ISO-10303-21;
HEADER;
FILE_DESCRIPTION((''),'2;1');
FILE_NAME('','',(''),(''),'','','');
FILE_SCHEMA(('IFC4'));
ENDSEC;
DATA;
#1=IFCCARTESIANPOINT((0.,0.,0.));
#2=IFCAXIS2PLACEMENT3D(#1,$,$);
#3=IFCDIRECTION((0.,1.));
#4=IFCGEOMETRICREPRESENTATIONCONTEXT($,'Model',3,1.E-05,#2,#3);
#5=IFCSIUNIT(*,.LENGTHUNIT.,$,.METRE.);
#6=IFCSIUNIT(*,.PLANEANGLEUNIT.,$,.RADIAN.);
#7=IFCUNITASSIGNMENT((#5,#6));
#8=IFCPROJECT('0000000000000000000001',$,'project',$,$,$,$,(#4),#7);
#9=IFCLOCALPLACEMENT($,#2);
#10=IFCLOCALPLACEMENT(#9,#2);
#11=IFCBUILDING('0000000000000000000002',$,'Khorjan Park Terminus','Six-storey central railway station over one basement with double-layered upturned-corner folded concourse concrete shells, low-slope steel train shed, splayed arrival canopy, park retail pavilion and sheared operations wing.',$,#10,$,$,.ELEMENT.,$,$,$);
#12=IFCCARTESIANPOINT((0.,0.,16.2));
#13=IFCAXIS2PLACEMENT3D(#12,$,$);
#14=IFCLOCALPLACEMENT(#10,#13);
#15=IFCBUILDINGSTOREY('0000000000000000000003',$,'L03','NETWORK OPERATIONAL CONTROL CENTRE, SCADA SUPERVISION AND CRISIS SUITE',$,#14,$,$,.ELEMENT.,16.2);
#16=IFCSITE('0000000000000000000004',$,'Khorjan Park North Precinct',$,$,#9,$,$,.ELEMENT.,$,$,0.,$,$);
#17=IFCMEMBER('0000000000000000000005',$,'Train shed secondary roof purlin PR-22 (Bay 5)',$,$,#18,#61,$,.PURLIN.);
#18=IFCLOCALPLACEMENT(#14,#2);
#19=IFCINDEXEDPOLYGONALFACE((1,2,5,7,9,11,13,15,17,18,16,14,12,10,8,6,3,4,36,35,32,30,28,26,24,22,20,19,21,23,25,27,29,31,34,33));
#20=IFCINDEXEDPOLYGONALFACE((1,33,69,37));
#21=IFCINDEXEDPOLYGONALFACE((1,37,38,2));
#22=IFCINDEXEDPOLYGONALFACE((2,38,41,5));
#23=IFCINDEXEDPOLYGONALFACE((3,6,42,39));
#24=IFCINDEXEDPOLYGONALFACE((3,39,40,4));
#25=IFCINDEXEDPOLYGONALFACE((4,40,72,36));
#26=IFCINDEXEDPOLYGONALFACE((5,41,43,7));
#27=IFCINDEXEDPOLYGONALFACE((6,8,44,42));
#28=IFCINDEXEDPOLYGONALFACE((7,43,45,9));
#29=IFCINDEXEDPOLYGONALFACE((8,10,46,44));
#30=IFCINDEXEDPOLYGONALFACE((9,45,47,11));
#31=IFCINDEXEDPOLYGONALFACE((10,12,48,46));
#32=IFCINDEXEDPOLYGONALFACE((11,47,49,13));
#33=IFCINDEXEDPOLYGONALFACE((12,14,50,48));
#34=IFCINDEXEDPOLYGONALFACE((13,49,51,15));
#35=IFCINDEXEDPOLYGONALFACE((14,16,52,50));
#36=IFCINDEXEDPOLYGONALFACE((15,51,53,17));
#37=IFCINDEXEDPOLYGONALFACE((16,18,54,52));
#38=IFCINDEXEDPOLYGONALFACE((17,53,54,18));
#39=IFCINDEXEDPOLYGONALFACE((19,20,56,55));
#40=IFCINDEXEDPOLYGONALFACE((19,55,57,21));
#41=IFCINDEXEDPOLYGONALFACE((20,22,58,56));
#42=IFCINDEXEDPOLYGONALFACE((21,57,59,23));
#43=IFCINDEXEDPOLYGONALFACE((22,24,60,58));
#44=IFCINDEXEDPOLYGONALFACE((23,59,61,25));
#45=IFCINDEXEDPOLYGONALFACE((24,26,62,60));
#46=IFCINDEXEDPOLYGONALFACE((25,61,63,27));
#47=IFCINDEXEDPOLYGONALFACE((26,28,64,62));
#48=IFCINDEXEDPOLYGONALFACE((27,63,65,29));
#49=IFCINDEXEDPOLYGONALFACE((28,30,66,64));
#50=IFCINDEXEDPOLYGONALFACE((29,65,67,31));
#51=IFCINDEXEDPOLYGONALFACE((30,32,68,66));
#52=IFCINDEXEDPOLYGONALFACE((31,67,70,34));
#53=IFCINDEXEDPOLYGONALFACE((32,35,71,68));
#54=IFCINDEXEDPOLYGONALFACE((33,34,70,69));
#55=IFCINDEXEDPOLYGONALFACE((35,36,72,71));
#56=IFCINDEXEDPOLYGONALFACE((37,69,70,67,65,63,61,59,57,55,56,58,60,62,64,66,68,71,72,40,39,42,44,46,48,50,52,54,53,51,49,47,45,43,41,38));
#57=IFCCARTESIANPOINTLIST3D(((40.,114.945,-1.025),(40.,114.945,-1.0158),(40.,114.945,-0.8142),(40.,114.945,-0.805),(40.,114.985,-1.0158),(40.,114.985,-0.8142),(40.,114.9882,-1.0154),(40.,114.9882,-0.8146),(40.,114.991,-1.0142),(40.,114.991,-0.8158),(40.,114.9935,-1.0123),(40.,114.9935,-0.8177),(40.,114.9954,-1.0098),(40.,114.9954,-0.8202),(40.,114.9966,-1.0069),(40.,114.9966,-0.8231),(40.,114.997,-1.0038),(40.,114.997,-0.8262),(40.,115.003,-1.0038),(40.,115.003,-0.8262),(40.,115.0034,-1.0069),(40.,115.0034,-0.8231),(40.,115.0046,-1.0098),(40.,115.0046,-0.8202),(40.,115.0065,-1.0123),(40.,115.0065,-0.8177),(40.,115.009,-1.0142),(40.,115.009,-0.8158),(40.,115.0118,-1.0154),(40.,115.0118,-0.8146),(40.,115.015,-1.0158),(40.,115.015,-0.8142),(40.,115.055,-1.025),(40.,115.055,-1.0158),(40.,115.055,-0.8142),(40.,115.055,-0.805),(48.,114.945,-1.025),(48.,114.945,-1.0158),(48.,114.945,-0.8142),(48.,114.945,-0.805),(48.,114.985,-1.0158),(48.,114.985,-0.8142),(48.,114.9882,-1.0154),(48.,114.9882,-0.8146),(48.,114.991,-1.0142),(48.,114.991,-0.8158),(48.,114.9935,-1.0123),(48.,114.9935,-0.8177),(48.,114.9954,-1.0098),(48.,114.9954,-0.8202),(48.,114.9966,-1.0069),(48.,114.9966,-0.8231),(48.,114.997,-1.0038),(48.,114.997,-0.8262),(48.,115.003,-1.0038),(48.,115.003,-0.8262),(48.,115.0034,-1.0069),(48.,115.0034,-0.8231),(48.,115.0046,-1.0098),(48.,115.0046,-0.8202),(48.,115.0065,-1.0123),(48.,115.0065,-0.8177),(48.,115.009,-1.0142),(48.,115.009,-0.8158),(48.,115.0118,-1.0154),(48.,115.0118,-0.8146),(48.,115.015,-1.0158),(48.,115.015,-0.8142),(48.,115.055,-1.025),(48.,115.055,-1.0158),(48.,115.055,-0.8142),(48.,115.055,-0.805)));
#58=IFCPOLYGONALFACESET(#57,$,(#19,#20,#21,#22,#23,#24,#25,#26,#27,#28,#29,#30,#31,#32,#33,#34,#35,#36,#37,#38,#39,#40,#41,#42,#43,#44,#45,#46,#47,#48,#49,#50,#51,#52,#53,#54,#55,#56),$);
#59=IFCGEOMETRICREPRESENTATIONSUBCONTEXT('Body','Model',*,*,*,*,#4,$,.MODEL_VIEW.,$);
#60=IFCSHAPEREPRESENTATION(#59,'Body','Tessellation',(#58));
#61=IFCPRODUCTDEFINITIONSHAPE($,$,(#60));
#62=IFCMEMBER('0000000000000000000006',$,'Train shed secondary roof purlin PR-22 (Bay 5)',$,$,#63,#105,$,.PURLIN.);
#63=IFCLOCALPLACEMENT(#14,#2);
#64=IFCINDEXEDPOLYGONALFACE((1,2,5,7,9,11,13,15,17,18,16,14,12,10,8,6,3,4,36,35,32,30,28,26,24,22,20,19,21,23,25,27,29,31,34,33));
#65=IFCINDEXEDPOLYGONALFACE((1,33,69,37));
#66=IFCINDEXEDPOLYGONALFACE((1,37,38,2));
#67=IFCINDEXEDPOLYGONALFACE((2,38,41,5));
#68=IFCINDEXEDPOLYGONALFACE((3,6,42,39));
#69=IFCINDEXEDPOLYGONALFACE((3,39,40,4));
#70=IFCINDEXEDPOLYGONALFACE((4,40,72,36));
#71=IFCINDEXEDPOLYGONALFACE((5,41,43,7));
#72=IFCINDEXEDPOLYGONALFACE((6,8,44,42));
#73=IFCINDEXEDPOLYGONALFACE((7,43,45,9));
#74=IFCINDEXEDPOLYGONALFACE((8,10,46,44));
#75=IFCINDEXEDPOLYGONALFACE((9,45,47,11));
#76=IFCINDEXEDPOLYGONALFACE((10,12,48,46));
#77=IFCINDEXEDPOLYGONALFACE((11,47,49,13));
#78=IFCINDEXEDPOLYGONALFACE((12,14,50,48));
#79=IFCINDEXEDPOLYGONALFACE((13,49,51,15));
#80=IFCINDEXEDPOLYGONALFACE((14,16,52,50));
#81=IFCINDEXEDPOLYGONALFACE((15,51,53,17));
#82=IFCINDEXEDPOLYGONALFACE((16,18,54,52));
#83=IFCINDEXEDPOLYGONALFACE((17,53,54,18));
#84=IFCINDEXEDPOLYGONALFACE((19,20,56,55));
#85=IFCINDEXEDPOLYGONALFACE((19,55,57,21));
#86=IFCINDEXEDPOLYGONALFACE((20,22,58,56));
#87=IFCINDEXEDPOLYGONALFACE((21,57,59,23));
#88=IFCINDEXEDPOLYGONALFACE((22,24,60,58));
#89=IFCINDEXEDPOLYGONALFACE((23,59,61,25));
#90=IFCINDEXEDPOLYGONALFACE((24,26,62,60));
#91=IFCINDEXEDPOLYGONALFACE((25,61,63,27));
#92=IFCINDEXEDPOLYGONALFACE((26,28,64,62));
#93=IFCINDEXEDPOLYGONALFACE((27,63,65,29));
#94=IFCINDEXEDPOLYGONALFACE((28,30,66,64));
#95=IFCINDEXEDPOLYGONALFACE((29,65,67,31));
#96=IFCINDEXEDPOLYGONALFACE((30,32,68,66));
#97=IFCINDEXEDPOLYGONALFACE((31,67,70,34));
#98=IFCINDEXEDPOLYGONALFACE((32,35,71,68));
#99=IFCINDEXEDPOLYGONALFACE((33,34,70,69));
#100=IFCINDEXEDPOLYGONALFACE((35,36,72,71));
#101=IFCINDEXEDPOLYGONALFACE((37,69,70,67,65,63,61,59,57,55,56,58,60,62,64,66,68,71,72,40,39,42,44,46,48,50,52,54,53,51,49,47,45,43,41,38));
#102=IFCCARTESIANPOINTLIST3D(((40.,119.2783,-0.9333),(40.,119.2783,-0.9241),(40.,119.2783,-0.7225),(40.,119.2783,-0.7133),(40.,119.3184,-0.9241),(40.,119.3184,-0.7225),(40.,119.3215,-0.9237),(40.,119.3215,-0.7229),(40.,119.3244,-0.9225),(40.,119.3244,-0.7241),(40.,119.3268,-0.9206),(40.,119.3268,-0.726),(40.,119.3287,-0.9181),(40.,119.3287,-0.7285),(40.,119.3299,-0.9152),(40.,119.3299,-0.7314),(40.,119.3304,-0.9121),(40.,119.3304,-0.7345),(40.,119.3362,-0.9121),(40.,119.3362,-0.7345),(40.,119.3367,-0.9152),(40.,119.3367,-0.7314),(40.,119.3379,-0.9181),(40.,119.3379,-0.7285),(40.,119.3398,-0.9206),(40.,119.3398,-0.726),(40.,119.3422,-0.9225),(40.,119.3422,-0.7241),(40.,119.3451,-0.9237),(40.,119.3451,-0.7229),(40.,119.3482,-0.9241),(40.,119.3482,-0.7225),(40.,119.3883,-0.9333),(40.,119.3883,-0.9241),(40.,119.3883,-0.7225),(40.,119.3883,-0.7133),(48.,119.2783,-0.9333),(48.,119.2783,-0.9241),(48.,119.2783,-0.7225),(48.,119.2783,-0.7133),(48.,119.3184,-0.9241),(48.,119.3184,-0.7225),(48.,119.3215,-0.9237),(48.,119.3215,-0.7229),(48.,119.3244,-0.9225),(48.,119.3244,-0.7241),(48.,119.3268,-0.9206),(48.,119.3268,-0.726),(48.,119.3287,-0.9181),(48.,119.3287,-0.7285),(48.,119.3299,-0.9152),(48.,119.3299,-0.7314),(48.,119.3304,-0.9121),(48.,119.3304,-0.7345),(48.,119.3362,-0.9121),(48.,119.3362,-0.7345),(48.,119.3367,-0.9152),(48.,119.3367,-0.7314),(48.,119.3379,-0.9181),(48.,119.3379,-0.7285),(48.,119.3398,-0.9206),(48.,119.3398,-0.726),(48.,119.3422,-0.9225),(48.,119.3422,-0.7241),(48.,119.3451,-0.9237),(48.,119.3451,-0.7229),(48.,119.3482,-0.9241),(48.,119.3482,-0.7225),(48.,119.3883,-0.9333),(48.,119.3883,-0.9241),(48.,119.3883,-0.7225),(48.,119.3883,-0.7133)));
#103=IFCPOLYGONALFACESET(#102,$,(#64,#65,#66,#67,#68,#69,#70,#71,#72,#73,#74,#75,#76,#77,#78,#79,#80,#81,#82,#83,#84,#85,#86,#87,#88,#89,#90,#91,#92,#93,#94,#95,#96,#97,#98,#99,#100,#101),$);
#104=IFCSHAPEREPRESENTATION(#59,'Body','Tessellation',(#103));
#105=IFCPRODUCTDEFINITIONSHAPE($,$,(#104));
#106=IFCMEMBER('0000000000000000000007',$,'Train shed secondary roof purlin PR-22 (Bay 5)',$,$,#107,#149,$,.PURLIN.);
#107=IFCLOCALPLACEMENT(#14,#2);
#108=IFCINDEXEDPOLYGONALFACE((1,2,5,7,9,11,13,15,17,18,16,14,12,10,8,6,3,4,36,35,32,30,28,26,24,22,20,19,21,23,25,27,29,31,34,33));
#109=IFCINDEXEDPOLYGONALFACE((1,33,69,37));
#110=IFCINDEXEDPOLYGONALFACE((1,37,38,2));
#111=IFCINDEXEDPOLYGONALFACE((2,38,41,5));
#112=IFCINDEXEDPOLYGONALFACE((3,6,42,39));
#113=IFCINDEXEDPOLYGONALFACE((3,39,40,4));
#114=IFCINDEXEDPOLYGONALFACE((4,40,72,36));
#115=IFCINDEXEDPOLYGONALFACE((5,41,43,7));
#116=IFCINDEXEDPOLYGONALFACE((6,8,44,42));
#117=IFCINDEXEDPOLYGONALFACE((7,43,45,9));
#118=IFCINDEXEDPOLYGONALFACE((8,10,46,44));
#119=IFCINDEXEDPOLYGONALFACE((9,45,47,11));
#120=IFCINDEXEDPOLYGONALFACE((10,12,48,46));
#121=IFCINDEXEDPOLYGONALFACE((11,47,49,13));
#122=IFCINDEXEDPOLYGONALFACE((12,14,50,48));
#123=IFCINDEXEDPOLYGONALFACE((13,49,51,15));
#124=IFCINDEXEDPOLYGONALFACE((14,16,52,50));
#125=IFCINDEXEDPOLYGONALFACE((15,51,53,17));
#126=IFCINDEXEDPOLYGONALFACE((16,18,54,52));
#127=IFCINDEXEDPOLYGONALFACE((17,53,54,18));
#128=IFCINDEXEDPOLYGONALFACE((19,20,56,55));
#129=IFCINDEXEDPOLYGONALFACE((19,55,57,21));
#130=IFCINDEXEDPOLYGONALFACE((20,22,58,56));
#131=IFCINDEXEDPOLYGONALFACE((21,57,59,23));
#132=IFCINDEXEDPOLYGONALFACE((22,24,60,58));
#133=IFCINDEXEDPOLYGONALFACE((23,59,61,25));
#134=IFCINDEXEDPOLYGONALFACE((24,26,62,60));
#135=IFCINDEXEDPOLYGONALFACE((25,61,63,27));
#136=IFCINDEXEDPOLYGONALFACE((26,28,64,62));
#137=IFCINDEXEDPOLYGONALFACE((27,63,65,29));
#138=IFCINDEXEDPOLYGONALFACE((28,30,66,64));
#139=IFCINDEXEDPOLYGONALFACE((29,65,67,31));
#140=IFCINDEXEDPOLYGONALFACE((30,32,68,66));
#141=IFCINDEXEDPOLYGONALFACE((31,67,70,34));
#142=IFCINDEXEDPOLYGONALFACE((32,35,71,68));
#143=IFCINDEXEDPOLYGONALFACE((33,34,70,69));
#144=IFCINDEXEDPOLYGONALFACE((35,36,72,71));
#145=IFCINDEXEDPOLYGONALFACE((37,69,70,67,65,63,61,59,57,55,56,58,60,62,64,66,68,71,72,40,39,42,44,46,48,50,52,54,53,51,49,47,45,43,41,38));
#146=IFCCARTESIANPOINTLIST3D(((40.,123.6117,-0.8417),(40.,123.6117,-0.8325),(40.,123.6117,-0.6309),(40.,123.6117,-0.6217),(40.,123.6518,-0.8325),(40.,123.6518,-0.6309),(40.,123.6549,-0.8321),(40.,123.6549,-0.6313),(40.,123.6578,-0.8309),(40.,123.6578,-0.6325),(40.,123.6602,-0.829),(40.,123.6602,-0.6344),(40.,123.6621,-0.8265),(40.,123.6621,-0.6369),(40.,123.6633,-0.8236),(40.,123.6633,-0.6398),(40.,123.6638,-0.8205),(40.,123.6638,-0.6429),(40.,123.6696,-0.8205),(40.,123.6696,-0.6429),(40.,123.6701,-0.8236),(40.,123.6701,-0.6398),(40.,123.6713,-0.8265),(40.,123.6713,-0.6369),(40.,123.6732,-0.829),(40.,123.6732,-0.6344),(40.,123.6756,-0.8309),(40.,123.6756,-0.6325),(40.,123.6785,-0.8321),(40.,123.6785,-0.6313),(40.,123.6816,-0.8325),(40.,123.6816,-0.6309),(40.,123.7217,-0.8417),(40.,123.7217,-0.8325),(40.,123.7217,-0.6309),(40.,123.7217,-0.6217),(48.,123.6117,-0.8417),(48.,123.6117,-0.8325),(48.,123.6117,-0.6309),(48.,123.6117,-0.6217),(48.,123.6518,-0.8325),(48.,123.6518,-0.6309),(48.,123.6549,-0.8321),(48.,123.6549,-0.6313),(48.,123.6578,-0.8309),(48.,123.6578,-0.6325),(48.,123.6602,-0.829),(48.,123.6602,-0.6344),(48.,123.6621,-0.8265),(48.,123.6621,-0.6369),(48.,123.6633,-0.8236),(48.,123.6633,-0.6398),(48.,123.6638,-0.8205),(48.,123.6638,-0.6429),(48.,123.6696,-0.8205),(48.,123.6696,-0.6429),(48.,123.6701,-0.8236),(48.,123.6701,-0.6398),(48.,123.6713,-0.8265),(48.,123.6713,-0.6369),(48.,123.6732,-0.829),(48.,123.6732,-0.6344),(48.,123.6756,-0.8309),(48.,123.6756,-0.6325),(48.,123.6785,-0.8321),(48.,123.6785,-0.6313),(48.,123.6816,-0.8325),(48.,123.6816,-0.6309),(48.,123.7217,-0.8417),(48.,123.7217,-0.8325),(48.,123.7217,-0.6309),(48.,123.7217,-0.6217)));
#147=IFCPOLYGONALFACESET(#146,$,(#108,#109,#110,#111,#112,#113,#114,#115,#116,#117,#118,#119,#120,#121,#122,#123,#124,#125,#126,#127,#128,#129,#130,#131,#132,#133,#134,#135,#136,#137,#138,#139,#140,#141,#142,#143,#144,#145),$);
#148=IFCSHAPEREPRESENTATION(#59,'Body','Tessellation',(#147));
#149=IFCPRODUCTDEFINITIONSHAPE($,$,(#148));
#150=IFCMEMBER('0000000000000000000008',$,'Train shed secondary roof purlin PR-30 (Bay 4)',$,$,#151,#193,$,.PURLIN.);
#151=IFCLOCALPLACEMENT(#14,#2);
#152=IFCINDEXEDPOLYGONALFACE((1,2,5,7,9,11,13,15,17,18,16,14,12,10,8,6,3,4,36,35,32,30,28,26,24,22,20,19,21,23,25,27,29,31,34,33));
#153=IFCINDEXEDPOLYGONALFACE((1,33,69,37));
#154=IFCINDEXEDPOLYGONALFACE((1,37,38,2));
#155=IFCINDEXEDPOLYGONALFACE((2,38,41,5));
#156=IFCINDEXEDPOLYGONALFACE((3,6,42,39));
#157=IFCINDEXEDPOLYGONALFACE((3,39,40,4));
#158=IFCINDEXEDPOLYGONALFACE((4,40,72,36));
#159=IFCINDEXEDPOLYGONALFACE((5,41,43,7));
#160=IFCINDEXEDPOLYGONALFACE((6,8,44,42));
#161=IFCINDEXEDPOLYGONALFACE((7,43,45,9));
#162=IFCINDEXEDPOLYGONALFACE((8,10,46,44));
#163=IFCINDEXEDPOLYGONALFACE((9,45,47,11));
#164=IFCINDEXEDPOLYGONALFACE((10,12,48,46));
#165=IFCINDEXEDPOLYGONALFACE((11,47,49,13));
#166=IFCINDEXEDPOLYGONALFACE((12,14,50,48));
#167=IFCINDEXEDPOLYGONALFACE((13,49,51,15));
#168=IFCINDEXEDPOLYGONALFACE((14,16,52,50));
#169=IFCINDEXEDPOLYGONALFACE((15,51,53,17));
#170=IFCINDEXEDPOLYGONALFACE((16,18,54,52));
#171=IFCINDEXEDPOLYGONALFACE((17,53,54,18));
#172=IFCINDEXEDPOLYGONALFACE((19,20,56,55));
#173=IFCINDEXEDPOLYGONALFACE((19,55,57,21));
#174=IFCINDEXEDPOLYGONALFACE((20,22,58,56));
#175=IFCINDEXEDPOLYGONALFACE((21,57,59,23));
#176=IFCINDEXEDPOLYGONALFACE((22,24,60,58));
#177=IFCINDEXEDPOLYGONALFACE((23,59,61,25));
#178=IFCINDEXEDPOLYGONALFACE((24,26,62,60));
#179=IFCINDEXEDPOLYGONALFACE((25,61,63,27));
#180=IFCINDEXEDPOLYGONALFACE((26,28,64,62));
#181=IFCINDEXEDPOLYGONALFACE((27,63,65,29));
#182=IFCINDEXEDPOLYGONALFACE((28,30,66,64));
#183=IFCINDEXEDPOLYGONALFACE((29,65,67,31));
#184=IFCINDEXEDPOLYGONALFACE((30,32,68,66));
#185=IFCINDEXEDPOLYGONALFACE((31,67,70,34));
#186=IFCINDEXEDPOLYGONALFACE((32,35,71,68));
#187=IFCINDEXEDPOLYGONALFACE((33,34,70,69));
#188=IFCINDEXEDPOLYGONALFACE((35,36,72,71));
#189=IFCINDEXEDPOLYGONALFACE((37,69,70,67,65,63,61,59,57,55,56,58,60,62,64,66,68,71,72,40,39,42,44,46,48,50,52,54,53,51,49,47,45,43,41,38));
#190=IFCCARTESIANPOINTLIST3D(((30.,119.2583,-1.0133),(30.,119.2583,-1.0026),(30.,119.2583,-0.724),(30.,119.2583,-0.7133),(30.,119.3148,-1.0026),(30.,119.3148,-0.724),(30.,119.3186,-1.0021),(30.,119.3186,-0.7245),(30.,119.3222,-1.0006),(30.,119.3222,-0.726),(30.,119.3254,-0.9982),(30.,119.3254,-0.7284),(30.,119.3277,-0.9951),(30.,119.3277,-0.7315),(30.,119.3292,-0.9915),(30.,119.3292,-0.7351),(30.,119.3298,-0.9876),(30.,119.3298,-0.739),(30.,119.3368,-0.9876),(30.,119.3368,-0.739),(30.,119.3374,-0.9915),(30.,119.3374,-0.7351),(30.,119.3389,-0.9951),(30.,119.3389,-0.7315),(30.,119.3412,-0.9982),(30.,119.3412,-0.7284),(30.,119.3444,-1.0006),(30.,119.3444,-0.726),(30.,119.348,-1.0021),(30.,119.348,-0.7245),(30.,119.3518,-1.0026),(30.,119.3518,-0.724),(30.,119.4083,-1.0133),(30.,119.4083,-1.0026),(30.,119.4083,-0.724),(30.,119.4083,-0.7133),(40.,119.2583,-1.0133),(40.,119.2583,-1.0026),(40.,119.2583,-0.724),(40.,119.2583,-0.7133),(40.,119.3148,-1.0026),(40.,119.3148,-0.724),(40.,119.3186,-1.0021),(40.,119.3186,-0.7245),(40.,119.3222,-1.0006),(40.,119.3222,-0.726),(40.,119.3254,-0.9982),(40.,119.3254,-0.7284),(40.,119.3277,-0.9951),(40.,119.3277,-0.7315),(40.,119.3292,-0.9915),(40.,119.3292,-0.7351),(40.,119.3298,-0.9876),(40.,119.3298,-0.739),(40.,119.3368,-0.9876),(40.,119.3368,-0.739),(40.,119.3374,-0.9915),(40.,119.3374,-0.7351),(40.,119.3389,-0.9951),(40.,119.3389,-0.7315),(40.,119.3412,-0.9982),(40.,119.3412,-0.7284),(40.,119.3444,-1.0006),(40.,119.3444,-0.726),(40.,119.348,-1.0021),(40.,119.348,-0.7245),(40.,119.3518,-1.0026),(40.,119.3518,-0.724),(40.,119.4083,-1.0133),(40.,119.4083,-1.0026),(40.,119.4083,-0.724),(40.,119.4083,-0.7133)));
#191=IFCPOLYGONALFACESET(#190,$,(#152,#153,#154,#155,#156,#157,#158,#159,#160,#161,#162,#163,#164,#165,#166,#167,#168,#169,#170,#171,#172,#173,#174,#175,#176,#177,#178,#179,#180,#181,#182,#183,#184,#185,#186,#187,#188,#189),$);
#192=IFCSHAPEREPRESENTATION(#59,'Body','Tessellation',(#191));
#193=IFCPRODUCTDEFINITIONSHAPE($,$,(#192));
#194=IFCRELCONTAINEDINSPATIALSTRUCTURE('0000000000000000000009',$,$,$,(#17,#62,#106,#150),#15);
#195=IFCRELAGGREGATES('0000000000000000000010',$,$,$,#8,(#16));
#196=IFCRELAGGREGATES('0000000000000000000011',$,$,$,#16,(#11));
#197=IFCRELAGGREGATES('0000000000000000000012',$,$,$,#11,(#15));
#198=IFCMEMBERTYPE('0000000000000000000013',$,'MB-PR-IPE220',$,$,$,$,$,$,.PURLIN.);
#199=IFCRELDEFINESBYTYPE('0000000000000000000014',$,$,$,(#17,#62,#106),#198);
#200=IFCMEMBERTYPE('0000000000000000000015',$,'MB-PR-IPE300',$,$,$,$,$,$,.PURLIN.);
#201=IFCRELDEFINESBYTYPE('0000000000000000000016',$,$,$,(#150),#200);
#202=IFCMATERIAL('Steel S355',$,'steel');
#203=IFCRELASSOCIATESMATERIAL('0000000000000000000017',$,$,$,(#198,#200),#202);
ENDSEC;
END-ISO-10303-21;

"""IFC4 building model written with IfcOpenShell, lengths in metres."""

from ifc_helpers import new_model, si_unit, direction, frame, origin, origin_2d, place, context, subcontext, project, spatial, i_section, extrude, material, material_profile, profile_set, type_object, element, save


model = new_model("IFC4")

# Units and contexts
model_context = context("Model", 3, precision=1e-05, world=origin(), true_north=direction((0.0, 1.0)))
body_context = subcontext(model_context, "Body", "Model", "MODEL_VIEW")
ifc_project = project(units=[si_unit("LENGTHUNIT", "METRE"), si_unit("PLANEANGLEUNIT", "RADIAN")], contexts=[model_context])

# Site, building, storey
site_placement = place(None, origin())
site = spatial("IfcSite", under=ifc_project, at=site_placement, Name="Khorjan Park North Precinct", CompositionType="ELEMENT", RefElevation=0.0)
building_placement = place(site_placement, origin())
building = spatial("IfcBuilding", under=site, at=building_placement, Name="Khorjan Park Terminus", Description="Six-storey central railway station over one basement with double-layered upturned-corner folded concourse concrete shells, low-slope steel train shed, splayed arrival canopy, park retail pavilion and sheared operations wing.", CompositionType="ELEMENT")
storey_placement = place(building_placement, frame((0.0, 0.0, 16.2)))
storey = spatial("IfcBuildingStorey", under=building, at=storey_placement, Name="L03", Description="NETWORK OPERATIONAL CONTROL CENTRE, SCADA SUPERVISION AND CRISIS SUITE", CompositionType="ELEMENT", Elevation=16.2)

# Members
ifc_material = material(Name="Steel S355", Category="steel")
ifc_material_profile_1 = material_profile(ifc_material, i_section(OverallWidth=0.11, OverallDepth=0.22, WebThickness=0.0059, FlangeThickness=0.0092, FilletRadius=0.012, at=origin_2d()), Name="IPE 220")
ifc_profile_set_1 = profile_set([ifc_material_profile_1], Name="Steel S355")
member_type_1 = type_object("IfcMemberType", Name="MB-PR-IPE220", PredefinedType="PURLIN", material=ifc_profile_set_1)
for number, where, z_axis, x_axis, name in (
    (1, (40.0, 115.0, -0.915), (1.0, 0.0, 0.0), (0.0, 1.0, 0.0), "Train shed secondary roof purlin PR-22 (Bay 5)"),
    (2, (40.0, 119.3333, -0.8233), (1.0, 0.0, 0.0), (0.0, 1.0, 0.0), "Train shed secondary roof purlin PR-22 (Bay 5)"),
    (3, (40.0, 123.6667, -0.7317), (1.0, 0.0, 0.0), (0.0, 1.0, 0.0), "Train shed secondary roof purlin PR-22 (Bay 5)"),
):
    element("IfcMember", number, at=place(storey_placement, frame(where, z_axis=z_axis, x_axis=x_axis)), inside=storey, type_object=member_type_1, Name=name, PredefinedType="PURLIN", context=body_context, shape_type="SweptSolid", body=[
        extrude(i_section(OverallWidth=0.11, OverallDepth=0.22, WebThickness=0.0059, FlangeThickness=0.0092, FilletRadius=0.012, at=origin_2d()), origin(), (0.0, 0.0, 1.0), 8.0),
    ])
ifc_material_profile_2 = material_profile(ifc_material, i_section(OverallWidth=0.15, OverallDepth=0.3, WebThickness=0.0071, FlangeThickness=0.0107, FilletRadius=0.015, at=origin_2d()), Name="IPE 300")
ifc_profile_set_2 = profile_set([ifc_material_profile_2], Name="Steel S355")
member_type_2 = type_object("IfcMemberType", Name="MB-PR-IPE300", PredefinedType="PURLIN", material=ifc_profile_set_2)
for number, where, z_axis, x_axis, name in (
    (4, (30.0, 119.3333, -0.8633), (1.0, 0.0, 0.0), (0.0, 1.0, 0.0), "Train shed secondary roof purlin PR-30 (Bay 4)"),
):
    element("IfcMember", number, at=place(storey_placement, frame(where, z_axis=z_axis, x_axis=x_axis)), inside=storey, type_object=member_type_2, Name=name, PredefinedType="PURLIN", context=body_context, shape_type="SweptSolid", body=[
        extrude(i_section(OverallWidth=0.15, OverallDepth=0.3, WebThickness=0.0071, FlangeThickness=0.0107, FilletRadius=0.015, at=origin_2d()), origin(), (0.0, 0.0, 1.0), 10.0),
    ])

save(model, "model.ifc")
